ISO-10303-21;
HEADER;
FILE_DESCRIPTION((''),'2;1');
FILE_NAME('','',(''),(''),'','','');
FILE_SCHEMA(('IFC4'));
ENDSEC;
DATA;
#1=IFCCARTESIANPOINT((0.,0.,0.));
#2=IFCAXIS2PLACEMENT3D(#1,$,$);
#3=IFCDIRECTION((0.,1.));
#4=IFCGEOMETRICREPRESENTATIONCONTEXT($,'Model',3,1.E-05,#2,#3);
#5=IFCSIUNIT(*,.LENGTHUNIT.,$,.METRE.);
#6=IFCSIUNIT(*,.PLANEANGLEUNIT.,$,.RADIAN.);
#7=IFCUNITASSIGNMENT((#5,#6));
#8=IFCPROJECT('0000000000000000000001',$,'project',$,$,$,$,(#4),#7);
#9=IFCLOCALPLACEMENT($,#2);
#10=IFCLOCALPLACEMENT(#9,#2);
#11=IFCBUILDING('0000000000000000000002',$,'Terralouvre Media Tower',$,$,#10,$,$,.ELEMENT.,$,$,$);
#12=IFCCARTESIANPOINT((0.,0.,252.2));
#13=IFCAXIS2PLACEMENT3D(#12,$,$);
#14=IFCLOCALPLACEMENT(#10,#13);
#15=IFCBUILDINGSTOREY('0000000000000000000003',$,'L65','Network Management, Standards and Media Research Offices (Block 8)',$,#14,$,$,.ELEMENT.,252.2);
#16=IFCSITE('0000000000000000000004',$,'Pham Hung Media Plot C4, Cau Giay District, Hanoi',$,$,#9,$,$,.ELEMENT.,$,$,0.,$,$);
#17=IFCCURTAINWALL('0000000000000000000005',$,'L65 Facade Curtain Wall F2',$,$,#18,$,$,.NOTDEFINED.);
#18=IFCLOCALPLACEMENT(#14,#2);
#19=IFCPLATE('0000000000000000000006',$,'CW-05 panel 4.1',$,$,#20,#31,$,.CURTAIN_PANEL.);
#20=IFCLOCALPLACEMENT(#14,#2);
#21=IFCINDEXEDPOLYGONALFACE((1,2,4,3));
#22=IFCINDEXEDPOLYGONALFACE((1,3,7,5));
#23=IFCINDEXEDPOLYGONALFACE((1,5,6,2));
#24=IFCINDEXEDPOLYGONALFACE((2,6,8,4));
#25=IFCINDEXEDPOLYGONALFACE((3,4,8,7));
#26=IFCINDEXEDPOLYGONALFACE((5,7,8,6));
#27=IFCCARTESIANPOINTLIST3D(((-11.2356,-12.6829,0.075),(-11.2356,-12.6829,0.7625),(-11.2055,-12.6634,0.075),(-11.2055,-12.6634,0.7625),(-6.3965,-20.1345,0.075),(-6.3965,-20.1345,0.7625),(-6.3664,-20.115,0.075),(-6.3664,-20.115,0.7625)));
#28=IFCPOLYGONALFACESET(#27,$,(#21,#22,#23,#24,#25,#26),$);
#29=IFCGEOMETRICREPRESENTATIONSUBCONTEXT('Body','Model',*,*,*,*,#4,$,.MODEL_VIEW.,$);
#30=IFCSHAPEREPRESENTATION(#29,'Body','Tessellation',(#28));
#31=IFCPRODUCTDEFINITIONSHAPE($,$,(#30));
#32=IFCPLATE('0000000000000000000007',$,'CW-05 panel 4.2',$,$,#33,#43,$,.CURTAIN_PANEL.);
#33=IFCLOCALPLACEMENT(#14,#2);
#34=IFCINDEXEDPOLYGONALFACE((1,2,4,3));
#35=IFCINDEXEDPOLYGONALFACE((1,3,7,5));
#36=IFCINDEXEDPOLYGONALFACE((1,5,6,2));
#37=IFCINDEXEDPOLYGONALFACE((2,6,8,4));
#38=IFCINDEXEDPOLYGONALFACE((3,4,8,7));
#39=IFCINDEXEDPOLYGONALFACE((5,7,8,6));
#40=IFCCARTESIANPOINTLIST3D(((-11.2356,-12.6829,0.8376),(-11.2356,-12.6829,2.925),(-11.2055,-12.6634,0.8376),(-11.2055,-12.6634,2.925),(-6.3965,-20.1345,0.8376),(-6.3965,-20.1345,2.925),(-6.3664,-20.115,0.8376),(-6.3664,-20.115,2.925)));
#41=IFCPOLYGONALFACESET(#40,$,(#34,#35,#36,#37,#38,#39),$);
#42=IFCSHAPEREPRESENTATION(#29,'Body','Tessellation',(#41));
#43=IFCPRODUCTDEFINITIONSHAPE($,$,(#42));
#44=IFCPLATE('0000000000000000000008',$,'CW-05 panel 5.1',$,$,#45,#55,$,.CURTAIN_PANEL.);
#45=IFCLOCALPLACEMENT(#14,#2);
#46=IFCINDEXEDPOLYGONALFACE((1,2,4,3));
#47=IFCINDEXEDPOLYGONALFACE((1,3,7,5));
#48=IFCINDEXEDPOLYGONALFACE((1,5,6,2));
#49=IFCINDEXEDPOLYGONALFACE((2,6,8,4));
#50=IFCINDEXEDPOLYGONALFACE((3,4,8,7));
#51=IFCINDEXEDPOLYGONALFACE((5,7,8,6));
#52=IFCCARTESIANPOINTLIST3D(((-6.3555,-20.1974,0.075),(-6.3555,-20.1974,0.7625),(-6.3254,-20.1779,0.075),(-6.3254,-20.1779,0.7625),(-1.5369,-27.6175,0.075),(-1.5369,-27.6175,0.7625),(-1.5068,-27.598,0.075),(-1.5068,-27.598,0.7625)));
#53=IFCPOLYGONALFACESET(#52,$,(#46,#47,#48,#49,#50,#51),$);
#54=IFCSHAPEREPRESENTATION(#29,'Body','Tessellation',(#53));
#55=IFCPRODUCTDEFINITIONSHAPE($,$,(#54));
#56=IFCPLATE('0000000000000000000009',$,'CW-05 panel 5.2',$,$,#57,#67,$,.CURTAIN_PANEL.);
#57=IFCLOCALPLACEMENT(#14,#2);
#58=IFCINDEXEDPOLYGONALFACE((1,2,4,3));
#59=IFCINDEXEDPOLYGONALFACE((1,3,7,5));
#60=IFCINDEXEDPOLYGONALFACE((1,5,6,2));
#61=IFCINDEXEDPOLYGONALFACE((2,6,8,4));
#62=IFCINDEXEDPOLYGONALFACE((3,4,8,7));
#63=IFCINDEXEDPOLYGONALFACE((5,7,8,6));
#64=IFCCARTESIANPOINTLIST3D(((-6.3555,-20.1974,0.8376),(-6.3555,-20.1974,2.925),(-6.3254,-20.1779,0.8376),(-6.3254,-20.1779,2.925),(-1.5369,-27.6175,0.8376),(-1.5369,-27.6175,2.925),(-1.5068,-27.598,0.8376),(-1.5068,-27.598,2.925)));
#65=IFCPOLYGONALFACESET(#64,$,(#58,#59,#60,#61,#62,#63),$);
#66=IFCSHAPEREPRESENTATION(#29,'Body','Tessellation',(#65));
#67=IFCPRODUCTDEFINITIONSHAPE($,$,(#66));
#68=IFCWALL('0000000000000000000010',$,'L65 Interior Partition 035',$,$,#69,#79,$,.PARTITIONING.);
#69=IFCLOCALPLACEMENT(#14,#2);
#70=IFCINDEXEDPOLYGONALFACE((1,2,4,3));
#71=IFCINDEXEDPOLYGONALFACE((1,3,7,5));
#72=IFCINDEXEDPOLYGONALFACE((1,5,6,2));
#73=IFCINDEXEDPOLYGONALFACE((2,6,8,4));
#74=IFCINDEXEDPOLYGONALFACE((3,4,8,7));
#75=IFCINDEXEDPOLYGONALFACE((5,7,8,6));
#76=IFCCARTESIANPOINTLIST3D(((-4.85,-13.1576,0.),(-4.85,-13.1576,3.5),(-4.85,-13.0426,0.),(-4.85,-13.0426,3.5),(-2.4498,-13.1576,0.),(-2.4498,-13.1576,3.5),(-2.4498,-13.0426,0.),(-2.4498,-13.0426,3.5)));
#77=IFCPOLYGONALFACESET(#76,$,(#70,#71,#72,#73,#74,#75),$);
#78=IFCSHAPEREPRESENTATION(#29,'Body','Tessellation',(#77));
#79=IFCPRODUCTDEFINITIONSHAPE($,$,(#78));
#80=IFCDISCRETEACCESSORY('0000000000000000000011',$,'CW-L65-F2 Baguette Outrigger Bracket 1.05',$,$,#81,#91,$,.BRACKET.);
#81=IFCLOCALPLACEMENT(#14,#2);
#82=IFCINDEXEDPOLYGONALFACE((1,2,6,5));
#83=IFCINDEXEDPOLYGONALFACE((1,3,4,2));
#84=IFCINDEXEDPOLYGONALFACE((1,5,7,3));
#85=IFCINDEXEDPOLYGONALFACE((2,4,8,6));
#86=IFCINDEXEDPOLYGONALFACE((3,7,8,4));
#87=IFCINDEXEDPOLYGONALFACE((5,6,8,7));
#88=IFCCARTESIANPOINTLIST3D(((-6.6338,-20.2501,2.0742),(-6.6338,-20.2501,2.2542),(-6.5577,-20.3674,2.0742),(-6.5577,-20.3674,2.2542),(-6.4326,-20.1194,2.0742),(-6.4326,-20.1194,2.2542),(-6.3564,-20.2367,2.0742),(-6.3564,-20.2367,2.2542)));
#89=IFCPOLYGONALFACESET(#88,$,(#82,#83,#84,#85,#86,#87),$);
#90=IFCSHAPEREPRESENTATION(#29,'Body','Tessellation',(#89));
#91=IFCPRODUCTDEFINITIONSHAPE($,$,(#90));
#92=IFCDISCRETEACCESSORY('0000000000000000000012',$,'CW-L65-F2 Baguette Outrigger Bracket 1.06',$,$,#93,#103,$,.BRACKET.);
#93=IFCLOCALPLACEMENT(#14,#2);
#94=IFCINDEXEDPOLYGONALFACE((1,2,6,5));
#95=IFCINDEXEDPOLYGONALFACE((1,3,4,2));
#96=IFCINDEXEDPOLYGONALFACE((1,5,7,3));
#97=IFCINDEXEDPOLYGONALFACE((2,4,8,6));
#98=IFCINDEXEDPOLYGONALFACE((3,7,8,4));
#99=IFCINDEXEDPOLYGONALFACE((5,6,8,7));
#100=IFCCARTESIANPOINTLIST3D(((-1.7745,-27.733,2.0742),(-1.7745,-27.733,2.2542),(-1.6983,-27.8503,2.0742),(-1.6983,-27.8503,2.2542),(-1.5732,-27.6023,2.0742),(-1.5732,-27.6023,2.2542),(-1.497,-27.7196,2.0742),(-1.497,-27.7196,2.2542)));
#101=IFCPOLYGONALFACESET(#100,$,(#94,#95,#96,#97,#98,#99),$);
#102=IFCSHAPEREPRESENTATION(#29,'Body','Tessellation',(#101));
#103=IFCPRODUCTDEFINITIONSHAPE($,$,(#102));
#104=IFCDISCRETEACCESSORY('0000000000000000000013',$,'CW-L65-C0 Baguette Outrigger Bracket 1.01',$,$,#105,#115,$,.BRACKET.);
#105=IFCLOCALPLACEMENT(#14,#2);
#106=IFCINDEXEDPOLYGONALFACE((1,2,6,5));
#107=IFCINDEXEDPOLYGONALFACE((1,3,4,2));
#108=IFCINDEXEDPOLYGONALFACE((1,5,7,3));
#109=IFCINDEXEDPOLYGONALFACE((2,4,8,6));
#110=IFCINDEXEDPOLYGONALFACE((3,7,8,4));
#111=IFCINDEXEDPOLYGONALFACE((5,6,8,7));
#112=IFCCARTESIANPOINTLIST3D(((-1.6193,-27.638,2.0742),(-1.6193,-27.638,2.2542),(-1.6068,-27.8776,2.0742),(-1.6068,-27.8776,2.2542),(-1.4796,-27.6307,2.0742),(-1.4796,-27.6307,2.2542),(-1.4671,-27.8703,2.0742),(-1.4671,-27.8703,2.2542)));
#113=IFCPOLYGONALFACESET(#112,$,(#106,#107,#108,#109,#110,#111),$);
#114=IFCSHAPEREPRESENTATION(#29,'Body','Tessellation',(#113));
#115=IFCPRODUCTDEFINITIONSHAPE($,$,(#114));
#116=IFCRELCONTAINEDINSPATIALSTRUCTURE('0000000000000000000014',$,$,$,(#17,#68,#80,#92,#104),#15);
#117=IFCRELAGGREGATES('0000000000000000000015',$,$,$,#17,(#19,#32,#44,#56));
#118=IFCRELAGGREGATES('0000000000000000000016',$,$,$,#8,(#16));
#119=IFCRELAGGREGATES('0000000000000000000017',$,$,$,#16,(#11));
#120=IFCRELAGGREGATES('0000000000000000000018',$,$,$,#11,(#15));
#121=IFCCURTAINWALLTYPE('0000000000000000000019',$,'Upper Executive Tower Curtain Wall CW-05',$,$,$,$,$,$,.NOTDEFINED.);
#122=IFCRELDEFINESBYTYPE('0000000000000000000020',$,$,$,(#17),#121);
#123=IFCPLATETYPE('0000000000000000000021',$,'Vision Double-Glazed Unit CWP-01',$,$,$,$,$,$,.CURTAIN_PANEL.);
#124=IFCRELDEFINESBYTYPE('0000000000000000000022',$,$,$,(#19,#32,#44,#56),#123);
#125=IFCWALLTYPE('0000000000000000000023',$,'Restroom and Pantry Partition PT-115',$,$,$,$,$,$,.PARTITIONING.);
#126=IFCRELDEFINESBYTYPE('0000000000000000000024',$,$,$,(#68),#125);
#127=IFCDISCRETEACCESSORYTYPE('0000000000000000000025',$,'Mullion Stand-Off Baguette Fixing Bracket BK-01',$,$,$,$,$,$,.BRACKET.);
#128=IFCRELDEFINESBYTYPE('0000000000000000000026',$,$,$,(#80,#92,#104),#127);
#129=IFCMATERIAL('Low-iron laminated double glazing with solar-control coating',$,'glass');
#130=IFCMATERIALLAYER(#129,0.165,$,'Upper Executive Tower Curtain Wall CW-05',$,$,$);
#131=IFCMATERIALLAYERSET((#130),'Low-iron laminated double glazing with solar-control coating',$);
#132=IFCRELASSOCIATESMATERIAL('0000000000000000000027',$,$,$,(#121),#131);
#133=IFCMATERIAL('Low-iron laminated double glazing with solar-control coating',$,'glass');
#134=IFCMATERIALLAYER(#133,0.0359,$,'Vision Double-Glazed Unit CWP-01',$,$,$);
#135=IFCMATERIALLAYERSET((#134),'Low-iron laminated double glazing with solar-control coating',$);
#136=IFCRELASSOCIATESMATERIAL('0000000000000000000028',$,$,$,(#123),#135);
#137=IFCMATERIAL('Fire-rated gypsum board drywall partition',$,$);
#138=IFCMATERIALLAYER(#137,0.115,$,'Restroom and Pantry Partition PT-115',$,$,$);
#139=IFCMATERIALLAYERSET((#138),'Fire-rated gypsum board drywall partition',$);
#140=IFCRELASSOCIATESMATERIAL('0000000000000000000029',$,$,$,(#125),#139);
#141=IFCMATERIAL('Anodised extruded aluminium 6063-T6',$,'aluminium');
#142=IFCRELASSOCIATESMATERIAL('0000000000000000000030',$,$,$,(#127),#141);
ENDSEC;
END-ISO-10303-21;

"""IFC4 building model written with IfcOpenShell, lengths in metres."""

from ifc_helpers import new_model, si_unit, direction, frame, frame_2d, origin, origin_2d, place, context, subcontext, project, spatial, rectangle, extrude, material, layer, layer_set, type_object, element, aggregate, save


model = new_model("IFC4")

# Units and contexts
model_context = context("Model", 3, precision=1e-05, world=origin(), true_north=direction((0.0, 1.0)))
body_context = subcontext(model_context, "Body", "Model", "MODEL_VIEW")
ifc_project = project(units=[si_unit("LENGTHUNIT", "METRE"), si_unit("PLANEANGLEUNIT", "RADIAN")], contexts=[model_context])

# Site, building, storey
site_placement = place(None, origin())
site = spatial("IfcSite", under=ifc_project, at=site_placement, Name="Pham Hung Media Plot C4, Cau Giay District, Hanoi", CompositionType="ELEMENT", RefElevation=0.0)
building_placement = place(site_placement, origin())
building = spatial("IfcBuilding", under=site, at=building_placement, Name="Terralouvre Media Tower", CompositionType="ELEMENT")
storey_placement = place(building_placement, frame((0.0, 0.0, 252.2)))
storey = spatial("IfcBuildingStorey", under=building, at=storey_placement, Name="L65", Description="Network Management, Standards and Media Research Offices (Block 8)", CompositionType="ELEMENT", Elevation=252.2)

# Curtain wall
ifc_material_1 = material(Name="Low-iron laminated double glazing with solar-control coating", Category="glass")
ifc_layer_1 = layer(ifc_material_1, 0.165, Name="Upper Executive Tower Curtain Wall CW-05")
ifc_layer_set_1 = layer_set([ifc_layer_1], Name="Low-iron laminated double glazing with solar-control coating")
curtain_wall_type_1 = type_object("IfcCurtainWallType", Name="Upper Executive Tower Curtain Wall CW-05", PredefinedType="NOTDEFINED", material=ifc_layer_set_1)
curtain_wall_1_placement = place(storey_placement, origin())
curtain_wall_1 = element("IfcCurtainWall", 1, at=curtain_wall_1_placement, inside=storey, type_object=curtain_wall_type_1, Name="L65 Facade Curtain Wall F2", PredefinedType="NOTDEFINED")

# Plates
ifc_material_2 = material(Name="Low-iron laminated double glazing with solar-control coating", Category="glass")
ifc_layer_2 = layer(ifc_material_2, 0.0359, Name="Vision Double-Glazed Unit CWP-01")
ifc_layer_set_2 = layer_set([ifc_layer_2], Name="Low-iron laminated double glazing with solar-control coating")
plate_type = type_object("IfcPlateType", Name="Vision Double-Glazed Unit CWP-01", PredefinedType="CURTAIN_PANEL", material=ifc_layer_set_2)
plate_1_placement = place(storey_placement, frame((-8.801, -16.3989, 0.075), z_axis=(0.0, 0.0, 1.0), x_axis=(0.544639, -0.838671, 0.0)))
plate_1 = element("IfcPlate", 2, at=plate_1_placement, type_object=plate_type, Name="CW-05 panel 4.1", PredefinedType="CURTAIN_PANEL", context=body_context, shape_type="SweptSolid", body=[
    extrude(rectangle(XDim=8.885, YDim=0.0359, at=origin_2d()), origin(), (0.0, 0.0, 1.0), 0.6875),
])
plate_2_placement = place(storey_placement, frame((-8.801, -16.3989, 0.8376), z_axis=(0.0, 0.0, 1.0), x_axis=(0.544639, -0.838671, 0.0)))
plate_2 = element("IfcPlate", 3, at=plate_2_placement, type_object=plate_type, Name="CW-05 panel 4.2", PredefinedType="CURTAIN_PANEL", context=body_context, shape_type="SweptSolid", body=[
    extrude(rectangle(XDim=8.885, YDim=0.0359, at=origin_2d()), origin(), (0.0, 0.0, 1.0), 2.0874),
])
plate_3_placement = place(storey_placement, frame((-3.9312, -23.8977, 0.075), z_axis=(0.0, 0.0, 1.0), x_axis=(0.544639, -0.838671, 0.0)))
plate_3 = element("IfcPlate", 4, at=plate_3_placement, type_object=plate_type, Name="CW-05 panel 5.1", PredefinedType="CURTAIN_PANEL", context=body_context, shape_type="SweptSolid", body=[
    extrude(rectangle(XDim=8.8474, YDim=0.0359, at=origin_2d()), origin(), (0.0, 0.0, 1.0), 0.6875),
])
plate_4_placement = place(storey_placement, frame((-3.9312, -23.8977, 0.8376), z_axis=(0.0, 0.0, 1.0), x_axis=(0.544639, -0.838671, 0.0)))
plate_4 = element("IfcPlate", 5, at=plate_4_placement, type_object=plate_type, Name="CW-05 panel 5.2", PredefinedType="CURTAIN_PANEL", context=body_context, shape_type="SweptSolid", body=[
    extrude(rectangle(XDim=8.8474, YDim=0.0359, at=origin_2d()), origin(), (0.0, 0.0, 1.0), 2.0874),
])
aggregate(curtain_wall_1, [plate_1, plate_2, plate_3, plate_4])

# Wall
ifc_material_3 = material(Name="Fire-rated gypsum board drywall partition")
ifc_layer_3 = layer(ifc_material_3, 0.115, Name="Restroom and Pantry Partition PT-115")
ifc_layer_set_3 = layer_set([ifc_layer_3], Name="Fire-rated gypsum board drywall partition")
wall_type = type_object("IfcWallType", Name="Restroom and Pantry Partition PT-115", PredefinedType="PARTITIONING", material=ifc_layer_set_3)
wall_placement = place(storey_placement, frame((-4.8501, -13.1001, 0.0), z_axis=(0.0, 0.0, 1.0), x_axis=(1.0, 0.0, 0.0)))
element("IfcWall", 6, at=wall_placement, inside=storey, type_object=wall_type, Name="L65 Interior Partition 035", PredefinedType="PARTITIONING", context=body_context, shape_type="SweptSolid", body=[
    extrude(rectangle(XDim=2.4001, YDim=0.115, at=frame_2d((1.2002, 0.0))), origin(), (0.0, 0.0, 1.0), 3.5),
])

# Discrete accessories
ifc_material_4 = material(Name="Anodised extruded aluminium 6063-T6", Category="aluminium")
discrete_accessory_type = type_object("IfcDiscreteAccessoryType", Name="Mullion Stand-Off Baguette Fixing Bracket BK-01", PredefinedType="BRACKET", material=ifc_material_4)
for number, where, z_axis, x_axis, name in (
    (7, (-6.4951, -20.2434, 2.0742), (0.0, 0.0, 1.0), (0.544639, -0.838671, 0.0), "CW-L65-F2 Baguette Outrigger Bracket 1.05"),
    (8, (-1.6357, -27.7263, 2.0742), (0.0, 0.0, 1.0), (0.544639, -0.838671, 0.0), "CW-L65-F2 Baguette Outrigger Bracket 1.06"),
    (9, (-1.5432, -27.7542, 2.0742), (0.0, 0.0, 1.0), (0.99863, 0.052336, 0.0), "CW-L65-C0 Baguette Outrigger Bracket 1.01"),
):
    element("IfcDiscreteAccessory", number, at=place(storey_placement, frame(where, z_axis=z_axis, x_axis=x_axis)), inside=storey, type_object=discrete_accessory_type, Name=name, PredefinedType="BRACKET", context=body_context, shape_type="SweptSolid", body=[
        extrude(rectangle(XDim=0.1399, YDim=0.24, at=origin_2d()), origin(), (0.0, 0.0, 1.0), 0.1799),
    ])

save(model, "model.ifc")
